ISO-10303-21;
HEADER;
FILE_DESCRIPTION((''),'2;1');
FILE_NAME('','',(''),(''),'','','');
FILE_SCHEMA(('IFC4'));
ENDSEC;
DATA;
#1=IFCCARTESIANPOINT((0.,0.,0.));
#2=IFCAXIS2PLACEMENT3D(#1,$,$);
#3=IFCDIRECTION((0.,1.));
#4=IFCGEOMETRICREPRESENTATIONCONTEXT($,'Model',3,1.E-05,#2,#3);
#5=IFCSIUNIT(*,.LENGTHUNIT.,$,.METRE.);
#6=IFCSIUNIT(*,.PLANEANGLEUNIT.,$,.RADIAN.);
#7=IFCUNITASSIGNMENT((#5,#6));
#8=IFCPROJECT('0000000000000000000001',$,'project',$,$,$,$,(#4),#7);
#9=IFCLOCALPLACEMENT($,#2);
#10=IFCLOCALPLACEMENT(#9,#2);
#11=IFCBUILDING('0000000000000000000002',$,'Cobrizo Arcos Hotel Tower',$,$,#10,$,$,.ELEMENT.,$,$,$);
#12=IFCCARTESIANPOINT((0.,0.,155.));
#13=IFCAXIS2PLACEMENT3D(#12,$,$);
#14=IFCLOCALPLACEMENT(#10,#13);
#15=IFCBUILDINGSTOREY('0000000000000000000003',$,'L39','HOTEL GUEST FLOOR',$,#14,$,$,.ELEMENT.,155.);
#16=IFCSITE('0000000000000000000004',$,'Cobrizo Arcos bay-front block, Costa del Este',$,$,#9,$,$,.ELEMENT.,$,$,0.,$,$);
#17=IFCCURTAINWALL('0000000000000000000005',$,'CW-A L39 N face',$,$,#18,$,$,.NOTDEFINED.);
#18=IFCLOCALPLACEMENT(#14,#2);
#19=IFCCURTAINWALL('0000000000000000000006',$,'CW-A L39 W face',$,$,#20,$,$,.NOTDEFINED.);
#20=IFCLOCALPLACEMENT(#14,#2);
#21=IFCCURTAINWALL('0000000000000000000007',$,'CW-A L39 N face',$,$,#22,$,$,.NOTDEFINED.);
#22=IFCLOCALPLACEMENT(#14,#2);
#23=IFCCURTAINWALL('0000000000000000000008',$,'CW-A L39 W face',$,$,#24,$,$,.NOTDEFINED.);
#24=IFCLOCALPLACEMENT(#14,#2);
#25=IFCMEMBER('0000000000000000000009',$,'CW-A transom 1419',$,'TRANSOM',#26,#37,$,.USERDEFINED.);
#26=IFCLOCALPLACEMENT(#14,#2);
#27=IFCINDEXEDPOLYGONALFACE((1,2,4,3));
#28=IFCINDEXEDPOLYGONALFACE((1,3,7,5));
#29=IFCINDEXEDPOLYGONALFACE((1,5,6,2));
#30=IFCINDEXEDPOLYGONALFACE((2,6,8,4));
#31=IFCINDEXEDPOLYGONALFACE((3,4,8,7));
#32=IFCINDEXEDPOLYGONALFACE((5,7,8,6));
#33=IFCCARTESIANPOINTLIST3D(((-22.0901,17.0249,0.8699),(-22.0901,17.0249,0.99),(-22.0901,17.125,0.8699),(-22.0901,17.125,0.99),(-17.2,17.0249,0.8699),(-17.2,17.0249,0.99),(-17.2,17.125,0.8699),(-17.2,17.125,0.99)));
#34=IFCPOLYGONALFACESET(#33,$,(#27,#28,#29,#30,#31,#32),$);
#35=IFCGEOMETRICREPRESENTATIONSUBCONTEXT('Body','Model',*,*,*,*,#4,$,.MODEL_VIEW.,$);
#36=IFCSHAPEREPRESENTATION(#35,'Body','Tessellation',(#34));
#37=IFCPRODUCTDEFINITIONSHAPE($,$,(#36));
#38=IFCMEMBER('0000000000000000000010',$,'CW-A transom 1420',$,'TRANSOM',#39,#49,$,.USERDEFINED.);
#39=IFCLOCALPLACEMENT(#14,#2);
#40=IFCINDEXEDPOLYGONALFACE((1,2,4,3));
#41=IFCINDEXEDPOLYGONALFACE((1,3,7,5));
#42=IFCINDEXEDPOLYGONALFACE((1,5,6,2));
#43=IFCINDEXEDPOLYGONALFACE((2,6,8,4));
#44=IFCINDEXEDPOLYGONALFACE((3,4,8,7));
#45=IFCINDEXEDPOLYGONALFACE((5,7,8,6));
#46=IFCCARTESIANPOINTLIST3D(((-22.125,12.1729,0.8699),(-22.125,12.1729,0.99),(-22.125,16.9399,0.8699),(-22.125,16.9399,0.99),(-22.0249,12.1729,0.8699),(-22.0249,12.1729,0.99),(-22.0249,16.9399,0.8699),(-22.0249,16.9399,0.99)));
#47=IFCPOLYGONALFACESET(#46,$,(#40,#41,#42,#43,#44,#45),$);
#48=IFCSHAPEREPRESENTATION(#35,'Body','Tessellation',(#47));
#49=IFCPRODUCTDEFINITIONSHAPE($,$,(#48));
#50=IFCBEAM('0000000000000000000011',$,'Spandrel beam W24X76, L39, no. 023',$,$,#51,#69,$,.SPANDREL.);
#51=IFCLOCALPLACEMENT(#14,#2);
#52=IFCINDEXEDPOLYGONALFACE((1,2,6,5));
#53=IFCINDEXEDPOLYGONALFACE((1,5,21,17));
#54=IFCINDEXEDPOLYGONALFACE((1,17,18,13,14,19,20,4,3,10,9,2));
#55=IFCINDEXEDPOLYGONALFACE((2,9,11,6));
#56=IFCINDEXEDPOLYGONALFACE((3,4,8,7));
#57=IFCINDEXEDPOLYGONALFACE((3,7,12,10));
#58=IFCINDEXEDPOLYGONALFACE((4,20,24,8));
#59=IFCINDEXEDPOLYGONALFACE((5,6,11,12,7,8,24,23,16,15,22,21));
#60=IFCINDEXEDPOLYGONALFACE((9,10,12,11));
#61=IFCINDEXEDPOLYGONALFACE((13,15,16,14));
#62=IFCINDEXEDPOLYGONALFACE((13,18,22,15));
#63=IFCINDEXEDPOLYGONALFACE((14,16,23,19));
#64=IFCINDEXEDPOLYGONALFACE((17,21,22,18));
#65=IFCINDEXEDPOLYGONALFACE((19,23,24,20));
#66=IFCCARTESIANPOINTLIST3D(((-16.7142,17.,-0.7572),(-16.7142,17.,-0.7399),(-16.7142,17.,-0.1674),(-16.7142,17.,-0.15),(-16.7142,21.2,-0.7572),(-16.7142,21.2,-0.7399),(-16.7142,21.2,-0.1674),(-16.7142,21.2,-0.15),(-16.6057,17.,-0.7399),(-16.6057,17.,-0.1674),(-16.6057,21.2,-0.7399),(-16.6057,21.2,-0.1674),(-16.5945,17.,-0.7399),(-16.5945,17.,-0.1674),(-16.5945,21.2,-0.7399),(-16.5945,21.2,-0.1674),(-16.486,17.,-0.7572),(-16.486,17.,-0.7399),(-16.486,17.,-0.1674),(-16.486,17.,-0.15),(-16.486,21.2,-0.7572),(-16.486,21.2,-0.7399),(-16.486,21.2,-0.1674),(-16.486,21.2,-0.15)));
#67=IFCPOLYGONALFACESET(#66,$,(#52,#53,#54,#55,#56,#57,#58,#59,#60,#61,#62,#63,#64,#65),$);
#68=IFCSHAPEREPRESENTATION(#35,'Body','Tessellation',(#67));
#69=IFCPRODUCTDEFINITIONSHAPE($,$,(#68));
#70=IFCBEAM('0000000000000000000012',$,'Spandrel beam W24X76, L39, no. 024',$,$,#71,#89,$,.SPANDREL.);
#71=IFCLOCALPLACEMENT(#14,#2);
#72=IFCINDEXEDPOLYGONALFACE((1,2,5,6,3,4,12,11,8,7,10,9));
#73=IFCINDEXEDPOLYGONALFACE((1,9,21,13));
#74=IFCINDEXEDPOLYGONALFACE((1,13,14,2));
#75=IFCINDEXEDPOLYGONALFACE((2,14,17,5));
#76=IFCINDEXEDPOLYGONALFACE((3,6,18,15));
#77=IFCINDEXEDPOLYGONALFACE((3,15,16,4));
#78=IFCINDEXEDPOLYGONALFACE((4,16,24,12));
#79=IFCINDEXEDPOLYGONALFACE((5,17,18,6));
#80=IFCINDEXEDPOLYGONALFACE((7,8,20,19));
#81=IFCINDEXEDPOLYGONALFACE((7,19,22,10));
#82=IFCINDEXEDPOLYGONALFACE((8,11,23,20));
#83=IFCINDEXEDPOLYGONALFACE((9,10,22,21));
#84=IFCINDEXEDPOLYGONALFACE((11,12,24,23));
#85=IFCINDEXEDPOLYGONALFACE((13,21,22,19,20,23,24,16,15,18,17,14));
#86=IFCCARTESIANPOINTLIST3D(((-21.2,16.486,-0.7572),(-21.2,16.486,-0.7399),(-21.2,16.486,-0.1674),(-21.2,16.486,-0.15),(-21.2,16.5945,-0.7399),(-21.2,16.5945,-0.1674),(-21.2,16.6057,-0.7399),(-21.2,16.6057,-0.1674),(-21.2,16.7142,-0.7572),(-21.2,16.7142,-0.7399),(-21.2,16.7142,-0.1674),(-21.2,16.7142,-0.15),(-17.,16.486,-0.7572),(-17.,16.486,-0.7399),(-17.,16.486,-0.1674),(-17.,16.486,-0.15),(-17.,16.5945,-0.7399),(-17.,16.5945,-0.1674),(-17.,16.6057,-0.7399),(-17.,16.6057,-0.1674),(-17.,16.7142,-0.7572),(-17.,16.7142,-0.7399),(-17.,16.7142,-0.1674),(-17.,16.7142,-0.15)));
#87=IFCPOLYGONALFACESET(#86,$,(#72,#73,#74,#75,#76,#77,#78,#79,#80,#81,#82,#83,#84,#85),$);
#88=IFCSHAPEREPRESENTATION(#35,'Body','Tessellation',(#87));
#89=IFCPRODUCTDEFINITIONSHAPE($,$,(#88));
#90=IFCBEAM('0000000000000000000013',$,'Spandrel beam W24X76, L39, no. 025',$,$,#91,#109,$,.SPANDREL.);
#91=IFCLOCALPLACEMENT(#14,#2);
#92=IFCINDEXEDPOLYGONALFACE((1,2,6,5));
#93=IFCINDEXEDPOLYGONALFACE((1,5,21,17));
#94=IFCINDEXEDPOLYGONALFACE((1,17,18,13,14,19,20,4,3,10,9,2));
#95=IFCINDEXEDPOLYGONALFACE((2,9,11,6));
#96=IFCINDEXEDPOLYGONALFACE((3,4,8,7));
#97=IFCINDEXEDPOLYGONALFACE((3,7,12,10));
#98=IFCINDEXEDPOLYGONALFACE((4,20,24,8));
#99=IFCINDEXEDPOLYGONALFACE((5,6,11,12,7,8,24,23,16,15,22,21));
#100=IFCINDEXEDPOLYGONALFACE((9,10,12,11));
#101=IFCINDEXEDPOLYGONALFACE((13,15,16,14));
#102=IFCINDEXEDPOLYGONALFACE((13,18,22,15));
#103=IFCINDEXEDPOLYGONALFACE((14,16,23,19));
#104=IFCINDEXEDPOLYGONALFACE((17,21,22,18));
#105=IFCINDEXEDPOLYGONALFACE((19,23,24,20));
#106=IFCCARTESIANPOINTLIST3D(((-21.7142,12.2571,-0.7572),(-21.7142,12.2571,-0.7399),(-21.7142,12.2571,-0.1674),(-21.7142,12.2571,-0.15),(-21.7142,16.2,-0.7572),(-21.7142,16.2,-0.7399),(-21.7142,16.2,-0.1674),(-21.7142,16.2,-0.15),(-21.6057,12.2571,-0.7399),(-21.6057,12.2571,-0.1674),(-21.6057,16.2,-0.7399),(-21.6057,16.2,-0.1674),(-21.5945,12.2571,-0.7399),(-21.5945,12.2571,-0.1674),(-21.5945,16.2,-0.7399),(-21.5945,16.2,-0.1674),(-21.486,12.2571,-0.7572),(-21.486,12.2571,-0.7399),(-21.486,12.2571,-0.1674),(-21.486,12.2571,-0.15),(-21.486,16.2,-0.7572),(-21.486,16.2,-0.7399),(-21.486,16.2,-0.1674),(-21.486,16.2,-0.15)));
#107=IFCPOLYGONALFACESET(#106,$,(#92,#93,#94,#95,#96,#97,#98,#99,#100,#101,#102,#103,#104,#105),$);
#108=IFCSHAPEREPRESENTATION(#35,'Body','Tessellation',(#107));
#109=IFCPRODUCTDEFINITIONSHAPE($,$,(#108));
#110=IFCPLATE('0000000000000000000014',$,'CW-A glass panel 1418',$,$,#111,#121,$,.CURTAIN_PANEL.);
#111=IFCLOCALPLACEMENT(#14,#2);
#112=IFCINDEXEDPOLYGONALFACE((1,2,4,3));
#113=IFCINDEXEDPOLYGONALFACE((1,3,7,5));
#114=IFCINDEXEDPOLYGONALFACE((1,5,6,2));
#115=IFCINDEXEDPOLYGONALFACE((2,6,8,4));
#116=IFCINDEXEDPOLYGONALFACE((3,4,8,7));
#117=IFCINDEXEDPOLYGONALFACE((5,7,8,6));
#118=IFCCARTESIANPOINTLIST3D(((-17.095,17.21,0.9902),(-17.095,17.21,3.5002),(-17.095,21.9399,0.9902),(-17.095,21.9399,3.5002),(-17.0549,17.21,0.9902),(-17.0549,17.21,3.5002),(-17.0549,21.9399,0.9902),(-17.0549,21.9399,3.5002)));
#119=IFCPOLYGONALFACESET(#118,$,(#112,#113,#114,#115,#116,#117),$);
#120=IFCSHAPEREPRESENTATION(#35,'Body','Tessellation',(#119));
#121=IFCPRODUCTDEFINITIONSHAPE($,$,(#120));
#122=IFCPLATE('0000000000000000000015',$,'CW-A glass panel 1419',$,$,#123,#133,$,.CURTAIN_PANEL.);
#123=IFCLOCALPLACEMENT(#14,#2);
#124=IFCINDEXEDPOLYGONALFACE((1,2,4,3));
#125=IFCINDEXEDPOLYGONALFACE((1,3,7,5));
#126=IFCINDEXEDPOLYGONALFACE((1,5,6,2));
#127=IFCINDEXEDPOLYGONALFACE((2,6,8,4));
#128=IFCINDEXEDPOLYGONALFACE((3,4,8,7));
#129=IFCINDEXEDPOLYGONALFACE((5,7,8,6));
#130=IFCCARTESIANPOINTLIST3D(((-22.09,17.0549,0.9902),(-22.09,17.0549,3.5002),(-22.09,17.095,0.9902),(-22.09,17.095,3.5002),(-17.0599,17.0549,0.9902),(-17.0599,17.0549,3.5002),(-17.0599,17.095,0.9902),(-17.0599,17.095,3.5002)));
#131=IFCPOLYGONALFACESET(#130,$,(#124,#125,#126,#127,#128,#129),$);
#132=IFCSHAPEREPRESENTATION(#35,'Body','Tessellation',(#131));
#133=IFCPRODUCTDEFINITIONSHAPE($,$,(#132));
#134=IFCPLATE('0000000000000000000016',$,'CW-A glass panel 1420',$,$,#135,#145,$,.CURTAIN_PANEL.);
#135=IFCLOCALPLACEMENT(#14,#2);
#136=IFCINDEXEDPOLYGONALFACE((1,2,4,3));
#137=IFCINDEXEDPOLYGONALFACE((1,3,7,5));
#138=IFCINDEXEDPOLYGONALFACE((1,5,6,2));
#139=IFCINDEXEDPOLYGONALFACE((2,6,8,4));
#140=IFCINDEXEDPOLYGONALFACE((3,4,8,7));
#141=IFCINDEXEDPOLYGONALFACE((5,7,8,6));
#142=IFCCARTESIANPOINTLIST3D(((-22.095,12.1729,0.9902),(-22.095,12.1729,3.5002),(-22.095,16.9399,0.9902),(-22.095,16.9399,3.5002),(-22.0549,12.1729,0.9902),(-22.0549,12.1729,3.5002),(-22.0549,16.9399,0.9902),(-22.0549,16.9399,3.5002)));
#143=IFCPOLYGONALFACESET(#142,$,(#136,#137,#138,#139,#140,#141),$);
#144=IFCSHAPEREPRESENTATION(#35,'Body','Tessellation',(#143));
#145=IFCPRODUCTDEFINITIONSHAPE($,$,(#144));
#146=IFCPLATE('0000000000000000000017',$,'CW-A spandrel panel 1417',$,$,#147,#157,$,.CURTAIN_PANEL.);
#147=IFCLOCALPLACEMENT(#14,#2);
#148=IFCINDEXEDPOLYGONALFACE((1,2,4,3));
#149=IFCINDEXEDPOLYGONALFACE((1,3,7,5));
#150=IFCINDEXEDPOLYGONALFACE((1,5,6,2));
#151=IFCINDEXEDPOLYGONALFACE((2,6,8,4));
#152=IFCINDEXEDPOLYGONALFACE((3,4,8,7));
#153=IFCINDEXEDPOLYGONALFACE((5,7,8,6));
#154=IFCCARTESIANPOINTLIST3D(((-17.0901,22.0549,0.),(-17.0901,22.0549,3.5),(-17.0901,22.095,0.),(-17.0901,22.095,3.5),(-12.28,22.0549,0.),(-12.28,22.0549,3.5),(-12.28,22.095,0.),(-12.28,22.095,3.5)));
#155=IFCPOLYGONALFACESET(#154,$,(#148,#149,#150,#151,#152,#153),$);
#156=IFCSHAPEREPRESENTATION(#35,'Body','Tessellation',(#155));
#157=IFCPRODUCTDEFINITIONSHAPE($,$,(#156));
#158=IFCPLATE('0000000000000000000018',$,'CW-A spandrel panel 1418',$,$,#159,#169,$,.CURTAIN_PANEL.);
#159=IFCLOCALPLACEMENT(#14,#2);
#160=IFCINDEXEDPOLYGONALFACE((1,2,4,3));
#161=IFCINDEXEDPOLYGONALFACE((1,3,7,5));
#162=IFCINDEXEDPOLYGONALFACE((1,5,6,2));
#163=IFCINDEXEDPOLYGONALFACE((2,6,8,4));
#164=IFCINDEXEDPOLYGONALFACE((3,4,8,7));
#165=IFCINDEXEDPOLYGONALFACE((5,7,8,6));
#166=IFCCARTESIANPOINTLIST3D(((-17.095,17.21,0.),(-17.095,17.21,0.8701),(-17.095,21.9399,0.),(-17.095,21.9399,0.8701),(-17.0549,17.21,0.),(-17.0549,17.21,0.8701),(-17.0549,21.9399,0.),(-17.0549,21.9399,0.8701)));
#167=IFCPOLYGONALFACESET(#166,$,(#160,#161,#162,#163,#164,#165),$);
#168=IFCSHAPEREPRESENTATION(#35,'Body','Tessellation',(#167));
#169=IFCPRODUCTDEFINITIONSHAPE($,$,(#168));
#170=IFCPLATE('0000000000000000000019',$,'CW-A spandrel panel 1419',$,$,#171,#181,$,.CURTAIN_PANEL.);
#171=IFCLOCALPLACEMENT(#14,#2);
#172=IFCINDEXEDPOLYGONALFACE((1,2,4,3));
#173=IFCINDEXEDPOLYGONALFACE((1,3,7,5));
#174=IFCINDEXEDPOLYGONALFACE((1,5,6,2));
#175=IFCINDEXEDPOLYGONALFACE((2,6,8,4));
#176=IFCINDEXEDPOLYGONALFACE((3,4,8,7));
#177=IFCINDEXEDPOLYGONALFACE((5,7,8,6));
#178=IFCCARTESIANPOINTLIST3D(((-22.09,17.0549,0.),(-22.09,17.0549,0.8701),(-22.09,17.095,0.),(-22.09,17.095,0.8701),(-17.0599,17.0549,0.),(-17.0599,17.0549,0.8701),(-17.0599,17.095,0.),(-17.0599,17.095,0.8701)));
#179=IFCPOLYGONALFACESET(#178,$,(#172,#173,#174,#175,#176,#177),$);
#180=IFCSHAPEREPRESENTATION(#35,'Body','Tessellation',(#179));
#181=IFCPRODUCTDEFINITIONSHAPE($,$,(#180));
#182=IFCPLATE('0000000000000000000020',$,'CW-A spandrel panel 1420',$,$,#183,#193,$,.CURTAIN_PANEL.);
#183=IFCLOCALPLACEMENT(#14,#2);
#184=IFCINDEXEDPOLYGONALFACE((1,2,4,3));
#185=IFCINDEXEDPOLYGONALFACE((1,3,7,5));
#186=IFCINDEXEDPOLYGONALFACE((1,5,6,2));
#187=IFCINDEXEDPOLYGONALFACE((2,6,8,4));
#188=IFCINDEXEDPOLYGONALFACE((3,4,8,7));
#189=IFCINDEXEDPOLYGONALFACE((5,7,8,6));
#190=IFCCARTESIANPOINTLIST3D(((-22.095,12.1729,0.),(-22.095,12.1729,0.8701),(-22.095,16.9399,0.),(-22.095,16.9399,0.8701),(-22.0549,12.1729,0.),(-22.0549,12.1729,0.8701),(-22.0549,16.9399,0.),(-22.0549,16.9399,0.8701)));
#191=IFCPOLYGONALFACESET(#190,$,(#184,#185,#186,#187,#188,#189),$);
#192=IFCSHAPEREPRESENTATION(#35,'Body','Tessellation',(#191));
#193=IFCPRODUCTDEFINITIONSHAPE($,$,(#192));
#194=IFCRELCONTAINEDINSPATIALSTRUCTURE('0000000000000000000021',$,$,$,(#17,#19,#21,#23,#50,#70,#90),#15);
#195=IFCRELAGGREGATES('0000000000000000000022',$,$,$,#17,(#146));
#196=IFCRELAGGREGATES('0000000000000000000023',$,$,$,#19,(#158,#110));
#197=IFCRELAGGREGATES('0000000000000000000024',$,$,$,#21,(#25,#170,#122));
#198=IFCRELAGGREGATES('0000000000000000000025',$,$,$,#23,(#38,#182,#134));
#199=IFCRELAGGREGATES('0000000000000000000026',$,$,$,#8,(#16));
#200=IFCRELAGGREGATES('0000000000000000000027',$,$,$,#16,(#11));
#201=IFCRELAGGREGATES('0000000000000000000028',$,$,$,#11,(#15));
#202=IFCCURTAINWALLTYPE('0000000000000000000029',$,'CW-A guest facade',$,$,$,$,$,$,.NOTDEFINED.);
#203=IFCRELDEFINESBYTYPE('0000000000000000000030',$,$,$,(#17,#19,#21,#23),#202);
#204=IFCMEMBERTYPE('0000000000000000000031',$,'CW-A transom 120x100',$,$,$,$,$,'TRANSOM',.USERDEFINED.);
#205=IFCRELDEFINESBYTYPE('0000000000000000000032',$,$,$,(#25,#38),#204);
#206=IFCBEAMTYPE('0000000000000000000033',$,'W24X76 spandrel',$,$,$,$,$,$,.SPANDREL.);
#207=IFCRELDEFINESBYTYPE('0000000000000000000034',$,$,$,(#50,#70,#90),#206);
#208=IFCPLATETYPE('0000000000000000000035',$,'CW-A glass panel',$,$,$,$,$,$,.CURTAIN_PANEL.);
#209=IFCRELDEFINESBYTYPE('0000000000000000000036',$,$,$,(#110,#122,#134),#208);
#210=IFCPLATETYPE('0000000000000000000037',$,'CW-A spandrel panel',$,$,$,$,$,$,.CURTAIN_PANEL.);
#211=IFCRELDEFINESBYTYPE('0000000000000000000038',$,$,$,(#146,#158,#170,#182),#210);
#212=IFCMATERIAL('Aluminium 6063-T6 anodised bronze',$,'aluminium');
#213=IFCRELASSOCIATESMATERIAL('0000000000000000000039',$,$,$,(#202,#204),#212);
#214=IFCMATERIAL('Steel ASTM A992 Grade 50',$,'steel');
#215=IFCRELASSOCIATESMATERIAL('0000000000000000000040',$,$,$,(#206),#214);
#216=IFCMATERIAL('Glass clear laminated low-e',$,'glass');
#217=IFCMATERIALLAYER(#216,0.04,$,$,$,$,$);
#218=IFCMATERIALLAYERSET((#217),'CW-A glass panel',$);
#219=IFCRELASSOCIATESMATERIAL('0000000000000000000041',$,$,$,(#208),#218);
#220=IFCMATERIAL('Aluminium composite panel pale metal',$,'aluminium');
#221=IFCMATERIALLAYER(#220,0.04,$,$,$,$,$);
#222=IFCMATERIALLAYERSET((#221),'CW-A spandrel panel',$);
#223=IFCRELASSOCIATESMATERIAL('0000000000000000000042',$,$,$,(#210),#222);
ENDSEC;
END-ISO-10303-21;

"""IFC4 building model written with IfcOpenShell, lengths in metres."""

from ifc_helpers import new_model, si_unit, direction, frame, origin, origin_2d, place, context, subcontext, project, spatial, rectangle, i_section, extrude, material, layer, layer_set, material_profile, profile_set, type_object, element, aggregate, save


model = new_model("IFC4")

# Units and contexts
model_context = context("Model", 3, precision=1e-05, world=origin(), true_north=direction((0.0, 1.0)))
body_context = subcontext(model_context, "Body", "Model", "MODEL_VIEW")
ifc_project = project(units=[si_unit("LENGTHUNIT", "METRE"), si_unit("PLANEANGLEUNIT", "RADIAN")], contexts=[model_context])

# Site, building, storey
site_placement = place(None, origin())
site = spatial("IfcSite", under=ifc_project, at=site_placement, Name="Cobrizo Arcos bay-front block, Costa del Este", CompositionType="ELEMENT", RefElevation=0.0)
building_placement = place(site_placement, origin())
building = spatial("IfcBuilding", under=site, at=building_placement, Name="Cobrizo Arcos Hotel Tower", CompositionType="ELEMENT")
storey_placement = place(building_placement, frame((0.0, 0.0, 155.0)))
storey = spatial("IfcBuildingStorey", under=building, at=storey_placement, Name="L39", Description="HOTEL GUEST FLOOR", CompositionType="ELEMENT", Elevation=155.0)

# Curtain wall
ifc_material_1 = material(Name="Aluminium 6063-T6 anodised bronze", Category="aluminium")
curtain_wall_type = type_object("IfcCurtainWallType", Name="CW-A guest facade", PredefinedType="NOTDEFINED", material=ifc_material_1)
curtain_wall_1_placement = place(storey_placement, origin())
curtain_wall_1 = element("IfcCurtainWall", 1, at=curtain_wall_1_placement, inside=storey, type_object=curtain_wall_type, Name="CW-A L39 N face", PredefinedType="NOTDEFINED")

# Curtain walls
curtain_wall_2_placement = place(storey_placement, origin())
curtain_wall_2 = element("IfcCurtainWall", 2, at=curtain_wall_2_placement, inside=storey, type_object=curtain_wall_type, Name="CW-A L39 W face", PredefinedType="NOTDEFINED")
curtain_wall_3_placement = place(storey_placement, origin())
curtain_wall_3 = element("IfcCurtainWall", 3, at=curtain_wall_3_placement, inside=storey, type_object=curtain_wall_type, Name="CW-A L39 N face", PredefinedType="NOTDEFINED")
curtain_wall_4_placement = place(storey_placement, origin())
curtain_wall_4 = element("IfcCurtainWall", 4, at=curtain_wall_4_placement, inside=storey, type_object=curtain_wall_type, Name="CW-A L39 W face", PredefinedType="NOTDEFINED")

# Members
ifc_material_profile_1 = material_profile(ifc_material_1, rectangle(XDim=0.1001, YDim=0.1201, at=origin_2d()), Name="CW-A transom 120x100")
ifc_profile_set_1 = profile_set([ifc_material_profile_1], Name="Aluminium 6063-T6 anodised bronze")
member_type_1 = type_object("IfcMemberType", Name="CW-A transom 120x100", ElementType="TRANSOM", PredefinedType="USERDEFINED", material=ifc_profile_set_1)
member_1_placement = place(storey_placement, frame((-17.2, 17.075, 0.9299), z_axis=(-1.0, 0.0, 0.0), x_axis=(0.0, -1.0, 0.0)))
member_1 = element("IfcMember", 5, at=member_1_placement, type_object=member_type_1, Name="CW-A transom 1419", ObjectType="TRANSOM", PredefinedType="USERDEFINED", context=body_context, shape_type="SweptSolid", body=[
    extrude(rectangle(XDim=0.1001, YDim=0.1201, at=origin_2d()), origin(), (0.0, 0.0, 1.0), 4.8901),
])
member_2_placement = place(storey_placement, frame((-22.075, 16.9399, 0.9299), z_axis=(0.0, -1.0, 0.0), x_axis=(1.0, 0.0, 0.0)))
member_2 = element("IfcMember", 6, at=member_2_placement, type_object=member_type_1, Name="CW-A transom 1420", ObjectType="TRANSOM", PredefinedType="USERDEFINED", context=body_context, shape_type="SweptSolid", body=[
    extrude(rectangle(XDim=0.1001, YDim=0.1201, at=origin_2d()), origin(), (0.0, 0.0, 1.0), 4.7671),
])

# Beams
ifc_material_2 = material(Name="Steel ASTM A992 Grade 50", Category="steel")
ifc_material_profile_2 = material_profile(ifc_material_2, i_section(OverallWidth=0.2283, OverallDepth=0.6072, WebThickness=0.0112, FlangeThickness=0.0173, at=origin_2d()), Name="W24X76")
ifc_profile_set_2 = profile_set([ifc_material_profile_2], Name="Steel ASTM A992 Grade 50")
beam_type_1 = type_object("IfcBeamType", Name="W24X76 spandrel", PredefinedType="SPANDREL", material=ifc_profile_set_2)
for number, where, z_axis, x_axis, name in (
    (7, (-16.6001, 21.2, -0.4536), (0.0, -1.0, 0.0), (1.0, 0.0, 0.0), "Spandrel beam W24X76, L39, no. 023"),
    (8, (-17.0, 16.6001, -0.4536), (-1.0, 0.0, 0.0), (0.0, -1.0, 0.0), "Spandrel beam W24X76, L39, no. 024"),
):
    element("IfcBeam", number, at=place(storey_placement, frame(where, z_axis=z_axis, x_axis=x_axis)), inside=storey, type_object=beam_type_1, Name=name, PredefinedType="SPANDREL", context=body_context, shape_type="SweptSolid", body=[
        extrude(i_section(OverallWidth=0.2283, OverallDepth=0.6072, WebThickness=0.0112, FlangeThickness=0.0173, at=origin_2d()), origin(), (0.0, 0.0, 1.0), 4.2),
    ])
beam_1_placement = place(storey_placement, frame((-21.6001, 16.2, -0.4536), z_axis=(0.0, -1.0, 0.0), x_axis=(1.0, 0.0, 0.0)))
element("IfcBeam", 9, at=beam_1_placement, inside=storey, type_object=beam_type_1, Name="Spandrel beam W24X76, L39, no. 025", PredefinedType="SPANDREL", context=body_context, shape_type="SweptSolid", body=[
    extrude(i_section(OverallWidth=0.2283, OverallDepth=0.6072, WebThickness=0.0112, FlangeThickness=0.0173, at=origin_2d()), origin(), (0.0, 0.0, 1.0), 3.9429),
])

# Plates
ifc_material_3 = material(Name="Glass clear laminated low-e", Category="glass")
ifc_layer_1 = layer(ifc_material_3, 0.04)
ifc_layer_set_1 = layer_set([ifc_layer_1], Name="CW-A glass panel")
plate_type_1 = type_object("IfcPlateType", Name="CW-A glass panel", PredefinedType="CURTAIN_PANEL", material=ifc_layer_set_1)
plate_1_placement = place(storey_placement, frame((-17.075, 19.575, 0.9902), z_axis=(0.0, 0.0, 1.0), x_axis=(0.0, -1.0, 0.0)))
plate_1 = element("IfcPlate", 10, at=plate_1_placement, type_object=plate_type_1, Name="CW-A glass panel 1418", PredefinedType="CURTAIN_PANEL", context=body_context, shape_type="SweptSolid", body=[
    extrude(rectangle(XDim=4.73, YDim=0.04, at=origin_2d()), origin(), (0.0, 0.0, 1.0), 2.51),
])
plate_2_placement = place(storey_placement, frame((-19.575, 17.075, 0.9902), z_axis=(0.0, 0.0, 1.0), x_axis=(-1.0, 0.0, 0.0)))
plate_2 = element("IfcPlate", 11, at=plate_2_placement, type_object=plate_type_1, Name="CW-A glass panel 1419", PredefinedType="CURTAIN_PANEL", context=body_context, shape_type="SweptSolid", body=[
    extrude(rectangle(XDim=5.03, YDim=0.04, at=origin_2d()), origin(), (0.0, 0.0, 1.0), 2.51),
])
plate_3_placement = place(storey_placement, frame((-22.075, 14.5564, 0.9902), z_axis=(0.0, 0.0, 1.0), x_axis=(0.0, -1.0, 0.0)))
plate_3 = element("IfcPlate", 12, at=plate_3_placement, type_object=plate_type_1, Name="CW-A glass panel 1420", PredefinedType="CURTAIN_PANEL", context=body_context, shape_type="SweptSolid", body=[
    extrude(rectangle(XDim=4.7671, YDim=0.04, at=origin_2d()), origin(), (0.0, 0.0, 1.0), 2.51),
])
ifc_material_4 = material(Name="Aluminium composite panel pale metal", Category="aluminium")
ifc_layer_2 = layer(ifc_material_4, 0.04)
ifc_layer_set_2 = layer_set([ifc_layer_2], Name="CW-A spandrel panel")
plate_type_2 = type_object("IfcPlateType", Name="CW-A spandrel panel", PredefinedType="CURTAIN_PANEL", material=ifc_layer_set_2)
plate_4_placement = place(storey_placement, frame((-14.6851, 22.075, 0.0), z_axis=(0.0, 0.0, 1.0), x_axis=(-1.0, 0.0, 0.0)))
plate_4 = element("IfcPlate", 13, at=plate_4_placement, type_object=plate_type_2, Name="CW-A spandrel panel 1417", PredefinedType="CURTAIN_PANEL", context=body_context, shape_type="SweptSolid", body=[
    extrude(rectangle(XDim=4.8101, YDim=0.04, at=origin_2d()), origin(), (0.0, 0.0, 1.0), 3.5),
])
aggregate(curtain_wall_1, [plate_4])
plate_5_placement = place(storey_placement, frame((-17.075, 19.575, 0.0), z_axis=(0.0, 0.0, 1.0), x_axis=(0.0, -1.0, 0.0)))
plate_5 = element("IfcPlate", 14, at=plate_5_placement, type_object=plate_type_2, Name="CW-A spandrel panel 1418", PredefinedType="CURTAIN_PANEL", context=body_context, shape_type="SweptSolid", body=[
    extrude(rectangle(XDim=4.73, YDim=0.04, at=origin_2d()), origin(), (0.0, 0.0, 1.0), 0.8701),
])
aggregate(curtain_wall_2, [plate_5, plate_1])
plate_6_placement = place(storey_placement, frame((-19.575, 17.075, 0.0), z_axis=(0.0, 0.0, 1.0), x_axis=(-1.0, 0.0, 0.0)))
plate_6 = element("IfcPlate", 15, at=plate_6_placement, type_object=plate_type_2, Name="CW-A spandrel panel 1419", PredefinedType="CURTAIN_PANEL", context=body_context, shape_type="SweptSolid", body=[
    extrude(rectangle(XDim=5.03, YDim=0.04, at=origin_2d()), origin(), (0.0, 0.0, 1.0), 0.8701),
])
aggregate(curtain_wall_3, [member_1, plate_6, plate_2])
plate_7_placement = place(storey_placement, frame((-22.075, 14.5564, 0.0), z_axis=(0.0, 0.0, 1.0), x_axis=(0.0, -1.0, 0.0)))
plate_7 = element("IfcPlate", 16, at=plate_7_placement, type_object=plate_type_2, Name="CW-A spandrel panel 1420", PredefinedType="CURTAIN_PANEL", context=body_context, shape_type="SweptSolid", body=[
    extrude(rectangle(XDim=4.7671, YDim=0.04, at=origin_2d()), origin(), (0.0, 0.0, 1.0), 0.8701),
])
aggregate(curtain_wall_4, [member_2, plate_7, plate_3])

save(model, "model.ifc")
